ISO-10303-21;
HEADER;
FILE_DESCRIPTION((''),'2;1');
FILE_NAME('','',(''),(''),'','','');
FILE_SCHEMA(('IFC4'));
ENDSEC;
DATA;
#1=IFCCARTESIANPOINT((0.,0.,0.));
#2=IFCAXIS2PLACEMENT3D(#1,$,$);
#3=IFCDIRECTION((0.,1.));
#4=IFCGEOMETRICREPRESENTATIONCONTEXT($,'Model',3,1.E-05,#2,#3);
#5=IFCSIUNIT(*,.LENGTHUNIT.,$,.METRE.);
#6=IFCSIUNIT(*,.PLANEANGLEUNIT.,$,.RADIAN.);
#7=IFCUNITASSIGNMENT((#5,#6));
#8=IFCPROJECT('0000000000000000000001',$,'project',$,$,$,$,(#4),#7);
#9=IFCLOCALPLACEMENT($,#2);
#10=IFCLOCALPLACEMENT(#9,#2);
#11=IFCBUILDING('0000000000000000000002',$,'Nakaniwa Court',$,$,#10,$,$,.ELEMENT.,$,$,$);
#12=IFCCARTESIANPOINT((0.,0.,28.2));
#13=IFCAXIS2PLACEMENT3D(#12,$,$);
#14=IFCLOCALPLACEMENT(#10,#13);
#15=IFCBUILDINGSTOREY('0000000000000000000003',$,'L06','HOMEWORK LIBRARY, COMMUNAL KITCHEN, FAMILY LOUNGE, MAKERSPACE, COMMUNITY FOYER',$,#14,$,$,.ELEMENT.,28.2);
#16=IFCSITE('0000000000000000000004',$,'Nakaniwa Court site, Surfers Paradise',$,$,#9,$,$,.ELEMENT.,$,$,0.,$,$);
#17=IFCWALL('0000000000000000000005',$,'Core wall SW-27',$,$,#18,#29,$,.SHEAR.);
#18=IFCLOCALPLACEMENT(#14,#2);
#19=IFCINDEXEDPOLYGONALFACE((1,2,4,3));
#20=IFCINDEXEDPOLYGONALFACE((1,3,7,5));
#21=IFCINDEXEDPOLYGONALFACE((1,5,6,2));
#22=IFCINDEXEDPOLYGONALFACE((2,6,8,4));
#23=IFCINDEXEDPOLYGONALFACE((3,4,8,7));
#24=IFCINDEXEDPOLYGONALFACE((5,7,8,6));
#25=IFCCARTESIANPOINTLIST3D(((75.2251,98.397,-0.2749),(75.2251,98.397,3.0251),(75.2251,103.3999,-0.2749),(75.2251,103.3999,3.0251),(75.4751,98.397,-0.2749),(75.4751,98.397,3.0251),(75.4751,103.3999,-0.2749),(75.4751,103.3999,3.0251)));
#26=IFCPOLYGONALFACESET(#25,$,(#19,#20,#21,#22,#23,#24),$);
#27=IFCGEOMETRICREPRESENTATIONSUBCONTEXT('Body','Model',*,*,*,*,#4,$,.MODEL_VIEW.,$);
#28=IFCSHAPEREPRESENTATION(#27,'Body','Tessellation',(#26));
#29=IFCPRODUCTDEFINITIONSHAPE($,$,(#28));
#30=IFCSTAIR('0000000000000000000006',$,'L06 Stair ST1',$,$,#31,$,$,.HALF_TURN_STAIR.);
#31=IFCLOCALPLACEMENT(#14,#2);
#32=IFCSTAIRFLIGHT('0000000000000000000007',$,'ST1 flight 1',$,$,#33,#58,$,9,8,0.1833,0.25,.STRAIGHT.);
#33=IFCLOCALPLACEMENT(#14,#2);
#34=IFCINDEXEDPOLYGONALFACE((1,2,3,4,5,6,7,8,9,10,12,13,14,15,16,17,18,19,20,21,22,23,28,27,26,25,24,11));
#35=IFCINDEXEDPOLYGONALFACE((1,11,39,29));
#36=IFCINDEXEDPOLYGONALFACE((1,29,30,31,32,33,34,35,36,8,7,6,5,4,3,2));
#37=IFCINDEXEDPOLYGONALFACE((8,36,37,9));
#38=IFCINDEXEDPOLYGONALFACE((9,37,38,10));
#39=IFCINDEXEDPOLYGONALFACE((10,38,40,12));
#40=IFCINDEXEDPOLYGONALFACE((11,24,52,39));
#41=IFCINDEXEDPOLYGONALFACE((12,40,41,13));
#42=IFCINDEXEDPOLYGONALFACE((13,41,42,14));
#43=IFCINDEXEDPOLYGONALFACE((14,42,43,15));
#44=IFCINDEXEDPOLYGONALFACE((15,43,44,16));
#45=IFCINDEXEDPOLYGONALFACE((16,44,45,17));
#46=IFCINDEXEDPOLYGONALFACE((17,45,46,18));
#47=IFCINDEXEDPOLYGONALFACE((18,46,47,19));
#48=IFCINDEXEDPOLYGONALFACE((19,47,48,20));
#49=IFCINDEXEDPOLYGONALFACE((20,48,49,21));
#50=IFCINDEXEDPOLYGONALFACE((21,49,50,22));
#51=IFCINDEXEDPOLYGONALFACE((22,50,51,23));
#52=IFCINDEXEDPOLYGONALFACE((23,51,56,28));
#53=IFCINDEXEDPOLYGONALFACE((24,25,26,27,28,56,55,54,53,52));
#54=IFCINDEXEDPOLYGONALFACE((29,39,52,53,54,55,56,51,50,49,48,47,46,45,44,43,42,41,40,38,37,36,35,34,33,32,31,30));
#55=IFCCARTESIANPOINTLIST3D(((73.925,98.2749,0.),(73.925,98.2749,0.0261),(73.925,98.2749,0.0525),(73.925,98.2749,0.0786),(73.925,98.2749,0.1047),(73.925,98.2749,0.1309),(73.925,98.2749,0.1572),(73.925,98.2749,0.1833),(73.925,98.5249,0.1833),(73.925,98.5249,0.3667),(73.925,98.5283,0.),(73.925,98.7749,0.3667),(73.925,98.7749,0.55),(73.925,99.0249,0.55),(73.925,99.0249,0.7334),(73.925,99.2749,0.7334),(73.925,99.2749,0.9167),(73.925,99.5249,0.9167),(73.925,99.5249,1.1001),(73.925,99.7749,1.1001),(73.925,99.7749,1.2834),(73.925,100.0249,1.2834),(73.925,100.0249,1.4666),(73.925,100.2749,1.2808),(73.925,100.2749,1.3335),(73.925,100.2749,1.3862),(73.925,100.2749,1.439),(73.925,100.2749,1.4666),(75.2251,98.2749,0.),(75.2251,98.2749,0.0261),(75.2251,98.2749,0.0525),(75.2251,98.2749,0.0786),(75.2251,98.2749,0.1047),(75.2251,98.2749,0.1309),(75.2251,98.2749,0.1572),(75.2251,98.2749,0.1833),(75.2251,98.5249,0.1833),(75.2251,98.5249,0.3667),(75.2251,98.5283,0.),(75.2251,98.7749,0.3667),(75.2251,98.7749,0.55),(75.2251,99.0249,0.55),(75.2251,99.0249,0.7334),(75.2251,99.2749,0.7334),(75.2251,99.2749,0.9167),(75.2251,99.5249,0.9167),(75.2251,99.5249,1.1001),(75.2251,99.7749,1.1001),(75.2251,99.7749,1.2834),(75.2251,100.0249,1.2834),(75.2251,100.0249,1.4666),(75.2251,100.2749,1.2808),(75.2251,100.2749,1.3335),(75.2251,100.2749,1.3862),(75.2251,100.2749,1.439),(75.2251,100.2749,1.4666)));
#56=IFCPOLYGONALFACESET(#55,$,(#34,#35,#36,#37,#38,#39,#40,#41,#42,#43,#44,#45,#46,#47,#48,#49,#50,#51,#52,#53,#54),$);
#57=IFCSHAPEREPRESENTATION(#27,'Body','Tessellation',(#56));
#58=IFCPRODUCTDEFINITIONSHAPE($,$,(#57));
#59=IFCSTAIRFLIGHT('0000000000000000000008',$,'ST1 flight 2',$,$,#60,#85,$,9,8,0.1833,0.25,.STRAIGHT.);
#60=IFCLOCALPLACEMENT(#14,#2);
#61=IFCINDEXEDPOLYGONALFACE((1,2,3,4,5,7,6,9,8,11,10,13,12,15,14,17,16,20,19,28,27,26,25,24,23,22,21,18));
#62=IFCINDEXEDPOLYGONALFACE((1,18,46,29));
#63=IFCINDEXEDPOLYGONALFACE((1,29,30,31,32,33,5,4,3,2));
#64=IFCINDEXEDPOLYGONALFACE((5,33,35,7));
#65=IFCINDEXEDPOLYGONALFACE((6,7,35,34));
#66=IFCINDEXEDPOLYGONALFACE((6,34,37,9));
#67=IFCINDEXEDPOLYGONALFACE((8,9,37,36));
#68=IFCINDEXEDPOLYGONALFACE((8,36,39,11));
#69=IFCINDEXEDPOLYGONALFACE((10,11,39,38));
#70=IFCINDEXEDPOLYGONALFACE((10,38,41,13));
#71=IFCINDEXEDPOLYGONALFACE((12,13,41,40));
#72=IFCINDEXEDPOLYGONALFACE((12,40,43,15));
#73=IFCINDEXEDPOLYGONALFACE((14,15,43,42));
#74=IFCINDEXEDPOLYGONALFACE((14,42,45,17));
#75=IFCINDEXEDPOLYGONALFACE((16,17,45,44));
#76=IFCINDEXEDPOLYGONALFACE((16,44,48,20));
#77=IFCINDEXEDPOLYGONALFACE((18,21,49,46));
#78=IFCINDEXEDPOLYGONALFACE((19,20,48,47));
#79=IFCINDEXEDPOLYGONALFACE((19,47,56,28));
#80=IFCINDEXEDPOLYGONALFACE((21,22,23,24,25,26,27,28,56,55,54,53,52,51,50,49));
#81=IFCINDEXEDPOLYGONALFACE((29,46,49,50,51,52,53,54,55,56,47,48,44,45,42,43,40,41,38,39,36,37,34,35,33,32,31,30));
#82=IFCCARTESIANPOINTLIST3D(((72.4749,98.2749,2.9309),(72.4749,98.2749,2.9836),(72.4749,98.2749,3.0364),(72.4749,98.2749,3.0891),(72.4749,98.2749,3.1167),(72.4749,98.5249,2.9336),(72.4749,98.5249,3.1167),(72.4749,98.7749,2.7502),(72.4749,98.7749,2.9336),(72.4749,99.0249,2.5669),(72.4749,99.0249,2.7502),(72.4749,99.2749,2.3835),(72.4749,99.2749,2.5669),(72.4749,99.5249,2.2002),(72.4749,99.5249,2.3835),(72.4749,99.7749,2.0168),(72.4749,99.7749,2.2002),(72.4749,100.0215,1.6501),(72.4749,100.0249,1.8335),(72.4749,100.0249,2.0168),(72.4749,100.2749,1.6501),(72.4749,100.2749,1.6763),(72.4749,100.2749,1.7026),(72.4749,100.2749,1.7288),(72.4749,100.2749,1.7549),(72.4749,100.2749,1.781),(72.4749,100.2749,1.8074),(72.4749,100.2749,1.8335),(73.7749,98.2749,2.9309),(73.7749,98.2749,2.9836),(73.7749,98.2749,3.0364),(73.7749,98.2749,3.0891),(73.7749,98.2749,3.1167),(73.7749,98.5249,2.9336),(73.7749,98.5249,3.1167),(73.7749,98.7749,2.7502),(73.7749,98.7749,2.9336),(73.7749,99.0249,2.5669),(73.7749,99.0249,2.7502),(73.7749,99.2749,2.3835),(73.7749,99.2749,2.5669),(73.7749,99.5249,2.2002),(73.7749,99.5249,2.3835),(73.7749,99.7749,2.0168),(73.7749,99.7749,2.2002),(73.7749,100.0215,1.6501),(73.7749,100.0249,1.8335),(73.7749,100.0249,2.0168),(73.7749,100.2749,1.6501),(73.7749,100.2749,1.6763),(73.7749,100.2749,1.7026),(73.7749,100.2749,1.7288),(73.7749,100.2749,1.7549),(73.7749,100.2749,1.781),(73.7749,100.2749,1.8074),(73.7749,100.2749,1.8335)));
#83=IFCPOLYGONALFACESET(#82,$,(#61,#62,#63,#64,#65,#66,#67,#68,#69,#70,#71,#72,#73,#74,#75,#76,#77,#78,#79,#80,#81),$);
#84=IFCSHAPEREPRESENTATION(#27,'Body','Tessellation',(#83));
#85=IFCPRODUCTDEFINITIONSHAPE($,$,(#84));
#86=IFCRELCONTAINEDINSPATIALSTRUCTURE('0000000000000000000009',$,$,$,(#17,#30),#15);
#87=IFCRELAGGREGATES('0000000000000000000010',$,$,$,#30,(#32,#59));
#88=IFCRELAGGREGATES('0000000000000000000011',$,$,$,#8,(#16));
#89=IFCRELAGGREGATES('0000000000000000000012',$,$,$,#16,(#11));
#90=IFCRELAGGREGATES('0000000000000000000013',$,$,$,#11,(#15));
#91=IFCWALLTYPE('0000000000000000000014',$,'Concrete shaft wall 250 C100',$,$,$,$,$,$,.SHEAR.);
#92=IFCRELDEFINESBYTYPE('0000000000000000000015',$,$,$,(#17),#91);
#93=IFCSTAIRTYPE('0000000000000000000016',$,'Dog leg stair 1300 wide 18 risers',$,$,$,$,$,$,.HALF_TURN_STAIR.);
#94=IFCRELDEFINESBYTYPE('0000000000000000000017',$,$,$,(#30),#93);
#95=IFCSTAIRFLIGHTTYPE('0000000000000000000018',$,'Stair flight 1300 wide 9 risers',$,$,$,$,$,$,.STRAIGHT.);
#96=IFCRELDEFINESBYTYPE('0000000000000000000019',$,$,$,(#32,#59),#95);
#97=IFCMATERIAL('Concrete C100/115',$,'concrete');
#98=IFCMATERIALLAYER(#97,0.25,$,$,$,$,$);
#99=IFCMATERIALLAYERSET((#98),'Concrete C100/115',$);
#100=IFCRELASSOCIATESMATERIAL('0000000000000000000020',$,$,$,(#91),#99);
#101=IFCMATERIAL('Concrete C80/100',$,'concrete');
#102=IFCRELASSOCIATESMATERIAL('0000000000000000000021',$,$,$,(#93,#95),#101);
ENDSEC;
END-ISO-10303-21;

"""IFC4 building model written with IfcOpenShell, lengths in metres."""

from ifc_helpers import new_model, si_unit, direction, frame, frame_2d, origin, place, context, subcontext, project, spatial, polyline, rectangle, outline, extrude, material, layer, layer_set, type_object, element, aggregate, save


model = new_model("IFC4")

# Units and contexts
model_context = context("Model", 3, precision=1e-05, world=origin(), true_north=direction((0.0, 1.0)))
body_context = subcontext(model_context, "Body", "Model", "MODEL_VIEW")
ifc_project = project(units=[si_unit("LENGTHUNIT", "METRE"), si_unit("PLANEANGLEUNIT", "RADIAN")], contexts=[model_context])

# Site, building, storey
site_placement = place(None, origin())
site = spatial("IfcSite", under=ifc_project, at=site_placement, Name="Nakaniwa Court site, Surfers Paradise", CompositionType="ELEMENT", RefElevation=0.0)
building_placement = place(site_placement, origin())
building = spatial("IfcBuilding", under=site, at=building_placement, Name="Nakaniwa Court", CompositionType="ELEMENT")
storey_placement = place(building_placement, frame((0.0, 0.0, 28.2)))
storey = spatial("IfcBuildingStorey", under=building, at=storey_placement, Name="L06", Description="HOMEWORK LIBRARY, COMMUNAL KITCHEN, FAMILY LOUNGE, MAKERSPACE, COMMUNITY FOYER", CompositionType="ELEMENT", Elevation=28.2)

# Shared definitions
ifc_material_1 = material(Name="Concrete C80/100", Category="concrete")

# Shared definitions
ifc_material_2 = material(Name="Concrete C100/115", Category="concrete")

# Wall
ifc_layer_1 = layer(ifc_material_2, 0.25)
ifc_layer_set_1 = layer_set([ifc_layer_1], Name="Concrete C100/115")
wall_type_1 = type_object("IfcWallType", Name="Concrete shaft wall 250 C100", PredefinedType="SHEAR", material=ifc_layer_set_1)
wall_1_placement = place(storey_placement, frame((75.3501, 98.397, -0.2749), z_axis=(0.0, 0.0, 1.0), x_axis=(0.0, 1.0, 0.0)))
element("IfcWall", 1, at=wall_1_placement, inside=storey, type_object=wall_type_1, Name="Core wall SW-27", PredefinedType="SHEAR", context=body_context, shape_type="SweptSolid", body=[
    extrude(rectangle(XDim=5.0029, YDim=0.25, at=frame_2d((2.5015, 0.0))), origin(), (0.0, 0.0, 1.0), 3.3),
])

# Stair, stair flights
stair_type = type_object("IfcStairType", Name="Dog leg stair 1300 wide 18 risers", PredefinedType="HALF_TURN_STAIR", material=ifc_material_1)
stair_placement = place(storey_placement, origin())
stair = element("IfcStair", 2, at=stair_placement, inside=storey, type_object=stair_type, Name="L06 Stair ST1", PredefinedType="HALF_TURN_STAIR")
stair_flight_type = type_object("IfcStairFlightType", Name="Stair flight 1300 wide 9 risers", PredefinedType="STRAIGHT", material=ifc_material_1)
stair_flight_1_placement = place(storey_placement, frame((74.575, 98.2749, 0.0), z_axis=(0.0, 0.0, 1.0), x_axis=(0.0, 1.0, 0.0)))
stair_flight_1 = element("IfcStairFlight", 3, at=stair_flight_1_placement, type_object=stair_flight_type, Name="ST1 flight 1", NumberOfRisers=9, NumberOfTreads=8, PredefinedType="STRAIGHT", RiserHeight=0.1833, TreadLength=0.25, context=body_context, shape_type="SweptSolid", body=[
    extrude(outline(polyline([(0.0, 0.0), (0.0, 0.0261), (0.0, 0.0525), (0.0, 0.0786), (0.0, 0.1047), (0.0, 0.1309), (0.0, 0.1572), (0.0, 0.1833), (0.25, 0.1833), (0.25, 0.3667), (0.5, 0.3667), (0.5, 0.55), (0.75, 0.55), (0.75, 0.7334), (1.0, 0.7334), (1.0, 0.9167), (1.25, 0.9167), (1.25, 1.1001), (1.5, 1.1001), (1.5, 1.2834), (1.75, 1.2834), (1.75, 1.4666), (2.0, 1.4666), (2.0, 1.6499), (2.0, 1.5972), (2.0, 1.5444), (2.0, 1.4917), (2.0, 1.439), (2.0, 1.3862), (2.0, 1.3335), (2.0, 1.2808), (0.2534, 0.0), (0.0, 0.0)])), frame((0.0, 0.6499, 0.0), z_axis=(0.0, -1.0, 0.0), x_axis=(1.0, 0.0, 0.0)), (0.0, 0.0, 1.0), 1.3),
])
stair_flight_2_placement = place(storey_placement, frame((73.125, 100.2749, 1.6501), z_axis=(0.0, 0.0, 1.0), x_axis=(0.0, -1.0, 0.0)))
stair_flight_2 = element("IfcStairFlight", 4, at=stair_flight_2_placement, type_object=stair_flight_type, Name="ST1 flight 2", NumberOfRisers=9, NumberOfTreads=8, PredefinedType="STRAIGHT", RiserHeight=0.1833, TreadLength=0.25, context=body_context, shape_type="SweptSolid", body=[
    extrude(outline(polyline([(0.0, 0.0), (0.0, 0.0261), (0.0, 0.0525), (0.0, 0.0786), (0.0, 0.1047), (0.0, 0.1309), (0.0, 0.1572), (0.0, 0.1833), (0.25, 0.1833), (0.25, 0.3667), (0.5, 0.3667), (0.5, 0.55), (0.75, 0.55), (0.75, 0.7334), (1.0, 0.7334), (1.0, 0.9167), (1.25, 0.9167), (1.25, 1.1001), (1.5, 1.1001), (1.5, 1.2834), (1.75, 1.2834), (1.75, 1.4666), (2.0, 1.4666), (2.0, 1.6499), (2.0, 1.5972), (2.0, 1.5444), (2.0, 1.4917), (2.0, 1.439), (2.0, 1.3862), (2.0, 1.3335), (2.0, 1.2808), (0.2534, 0.0), (0.0, 0.0)])), frame((0.0, 0.6499, 0.0), z_axis=(0.0, -1.0, 0.0), x_axis=(1.0, 0.0, 0.0)), (0.0, 0.0, 1.0), 1.3),
])
aggregate(stair, [stair_flight_1, stair_flight_2])

save(model, "model.ifc")
